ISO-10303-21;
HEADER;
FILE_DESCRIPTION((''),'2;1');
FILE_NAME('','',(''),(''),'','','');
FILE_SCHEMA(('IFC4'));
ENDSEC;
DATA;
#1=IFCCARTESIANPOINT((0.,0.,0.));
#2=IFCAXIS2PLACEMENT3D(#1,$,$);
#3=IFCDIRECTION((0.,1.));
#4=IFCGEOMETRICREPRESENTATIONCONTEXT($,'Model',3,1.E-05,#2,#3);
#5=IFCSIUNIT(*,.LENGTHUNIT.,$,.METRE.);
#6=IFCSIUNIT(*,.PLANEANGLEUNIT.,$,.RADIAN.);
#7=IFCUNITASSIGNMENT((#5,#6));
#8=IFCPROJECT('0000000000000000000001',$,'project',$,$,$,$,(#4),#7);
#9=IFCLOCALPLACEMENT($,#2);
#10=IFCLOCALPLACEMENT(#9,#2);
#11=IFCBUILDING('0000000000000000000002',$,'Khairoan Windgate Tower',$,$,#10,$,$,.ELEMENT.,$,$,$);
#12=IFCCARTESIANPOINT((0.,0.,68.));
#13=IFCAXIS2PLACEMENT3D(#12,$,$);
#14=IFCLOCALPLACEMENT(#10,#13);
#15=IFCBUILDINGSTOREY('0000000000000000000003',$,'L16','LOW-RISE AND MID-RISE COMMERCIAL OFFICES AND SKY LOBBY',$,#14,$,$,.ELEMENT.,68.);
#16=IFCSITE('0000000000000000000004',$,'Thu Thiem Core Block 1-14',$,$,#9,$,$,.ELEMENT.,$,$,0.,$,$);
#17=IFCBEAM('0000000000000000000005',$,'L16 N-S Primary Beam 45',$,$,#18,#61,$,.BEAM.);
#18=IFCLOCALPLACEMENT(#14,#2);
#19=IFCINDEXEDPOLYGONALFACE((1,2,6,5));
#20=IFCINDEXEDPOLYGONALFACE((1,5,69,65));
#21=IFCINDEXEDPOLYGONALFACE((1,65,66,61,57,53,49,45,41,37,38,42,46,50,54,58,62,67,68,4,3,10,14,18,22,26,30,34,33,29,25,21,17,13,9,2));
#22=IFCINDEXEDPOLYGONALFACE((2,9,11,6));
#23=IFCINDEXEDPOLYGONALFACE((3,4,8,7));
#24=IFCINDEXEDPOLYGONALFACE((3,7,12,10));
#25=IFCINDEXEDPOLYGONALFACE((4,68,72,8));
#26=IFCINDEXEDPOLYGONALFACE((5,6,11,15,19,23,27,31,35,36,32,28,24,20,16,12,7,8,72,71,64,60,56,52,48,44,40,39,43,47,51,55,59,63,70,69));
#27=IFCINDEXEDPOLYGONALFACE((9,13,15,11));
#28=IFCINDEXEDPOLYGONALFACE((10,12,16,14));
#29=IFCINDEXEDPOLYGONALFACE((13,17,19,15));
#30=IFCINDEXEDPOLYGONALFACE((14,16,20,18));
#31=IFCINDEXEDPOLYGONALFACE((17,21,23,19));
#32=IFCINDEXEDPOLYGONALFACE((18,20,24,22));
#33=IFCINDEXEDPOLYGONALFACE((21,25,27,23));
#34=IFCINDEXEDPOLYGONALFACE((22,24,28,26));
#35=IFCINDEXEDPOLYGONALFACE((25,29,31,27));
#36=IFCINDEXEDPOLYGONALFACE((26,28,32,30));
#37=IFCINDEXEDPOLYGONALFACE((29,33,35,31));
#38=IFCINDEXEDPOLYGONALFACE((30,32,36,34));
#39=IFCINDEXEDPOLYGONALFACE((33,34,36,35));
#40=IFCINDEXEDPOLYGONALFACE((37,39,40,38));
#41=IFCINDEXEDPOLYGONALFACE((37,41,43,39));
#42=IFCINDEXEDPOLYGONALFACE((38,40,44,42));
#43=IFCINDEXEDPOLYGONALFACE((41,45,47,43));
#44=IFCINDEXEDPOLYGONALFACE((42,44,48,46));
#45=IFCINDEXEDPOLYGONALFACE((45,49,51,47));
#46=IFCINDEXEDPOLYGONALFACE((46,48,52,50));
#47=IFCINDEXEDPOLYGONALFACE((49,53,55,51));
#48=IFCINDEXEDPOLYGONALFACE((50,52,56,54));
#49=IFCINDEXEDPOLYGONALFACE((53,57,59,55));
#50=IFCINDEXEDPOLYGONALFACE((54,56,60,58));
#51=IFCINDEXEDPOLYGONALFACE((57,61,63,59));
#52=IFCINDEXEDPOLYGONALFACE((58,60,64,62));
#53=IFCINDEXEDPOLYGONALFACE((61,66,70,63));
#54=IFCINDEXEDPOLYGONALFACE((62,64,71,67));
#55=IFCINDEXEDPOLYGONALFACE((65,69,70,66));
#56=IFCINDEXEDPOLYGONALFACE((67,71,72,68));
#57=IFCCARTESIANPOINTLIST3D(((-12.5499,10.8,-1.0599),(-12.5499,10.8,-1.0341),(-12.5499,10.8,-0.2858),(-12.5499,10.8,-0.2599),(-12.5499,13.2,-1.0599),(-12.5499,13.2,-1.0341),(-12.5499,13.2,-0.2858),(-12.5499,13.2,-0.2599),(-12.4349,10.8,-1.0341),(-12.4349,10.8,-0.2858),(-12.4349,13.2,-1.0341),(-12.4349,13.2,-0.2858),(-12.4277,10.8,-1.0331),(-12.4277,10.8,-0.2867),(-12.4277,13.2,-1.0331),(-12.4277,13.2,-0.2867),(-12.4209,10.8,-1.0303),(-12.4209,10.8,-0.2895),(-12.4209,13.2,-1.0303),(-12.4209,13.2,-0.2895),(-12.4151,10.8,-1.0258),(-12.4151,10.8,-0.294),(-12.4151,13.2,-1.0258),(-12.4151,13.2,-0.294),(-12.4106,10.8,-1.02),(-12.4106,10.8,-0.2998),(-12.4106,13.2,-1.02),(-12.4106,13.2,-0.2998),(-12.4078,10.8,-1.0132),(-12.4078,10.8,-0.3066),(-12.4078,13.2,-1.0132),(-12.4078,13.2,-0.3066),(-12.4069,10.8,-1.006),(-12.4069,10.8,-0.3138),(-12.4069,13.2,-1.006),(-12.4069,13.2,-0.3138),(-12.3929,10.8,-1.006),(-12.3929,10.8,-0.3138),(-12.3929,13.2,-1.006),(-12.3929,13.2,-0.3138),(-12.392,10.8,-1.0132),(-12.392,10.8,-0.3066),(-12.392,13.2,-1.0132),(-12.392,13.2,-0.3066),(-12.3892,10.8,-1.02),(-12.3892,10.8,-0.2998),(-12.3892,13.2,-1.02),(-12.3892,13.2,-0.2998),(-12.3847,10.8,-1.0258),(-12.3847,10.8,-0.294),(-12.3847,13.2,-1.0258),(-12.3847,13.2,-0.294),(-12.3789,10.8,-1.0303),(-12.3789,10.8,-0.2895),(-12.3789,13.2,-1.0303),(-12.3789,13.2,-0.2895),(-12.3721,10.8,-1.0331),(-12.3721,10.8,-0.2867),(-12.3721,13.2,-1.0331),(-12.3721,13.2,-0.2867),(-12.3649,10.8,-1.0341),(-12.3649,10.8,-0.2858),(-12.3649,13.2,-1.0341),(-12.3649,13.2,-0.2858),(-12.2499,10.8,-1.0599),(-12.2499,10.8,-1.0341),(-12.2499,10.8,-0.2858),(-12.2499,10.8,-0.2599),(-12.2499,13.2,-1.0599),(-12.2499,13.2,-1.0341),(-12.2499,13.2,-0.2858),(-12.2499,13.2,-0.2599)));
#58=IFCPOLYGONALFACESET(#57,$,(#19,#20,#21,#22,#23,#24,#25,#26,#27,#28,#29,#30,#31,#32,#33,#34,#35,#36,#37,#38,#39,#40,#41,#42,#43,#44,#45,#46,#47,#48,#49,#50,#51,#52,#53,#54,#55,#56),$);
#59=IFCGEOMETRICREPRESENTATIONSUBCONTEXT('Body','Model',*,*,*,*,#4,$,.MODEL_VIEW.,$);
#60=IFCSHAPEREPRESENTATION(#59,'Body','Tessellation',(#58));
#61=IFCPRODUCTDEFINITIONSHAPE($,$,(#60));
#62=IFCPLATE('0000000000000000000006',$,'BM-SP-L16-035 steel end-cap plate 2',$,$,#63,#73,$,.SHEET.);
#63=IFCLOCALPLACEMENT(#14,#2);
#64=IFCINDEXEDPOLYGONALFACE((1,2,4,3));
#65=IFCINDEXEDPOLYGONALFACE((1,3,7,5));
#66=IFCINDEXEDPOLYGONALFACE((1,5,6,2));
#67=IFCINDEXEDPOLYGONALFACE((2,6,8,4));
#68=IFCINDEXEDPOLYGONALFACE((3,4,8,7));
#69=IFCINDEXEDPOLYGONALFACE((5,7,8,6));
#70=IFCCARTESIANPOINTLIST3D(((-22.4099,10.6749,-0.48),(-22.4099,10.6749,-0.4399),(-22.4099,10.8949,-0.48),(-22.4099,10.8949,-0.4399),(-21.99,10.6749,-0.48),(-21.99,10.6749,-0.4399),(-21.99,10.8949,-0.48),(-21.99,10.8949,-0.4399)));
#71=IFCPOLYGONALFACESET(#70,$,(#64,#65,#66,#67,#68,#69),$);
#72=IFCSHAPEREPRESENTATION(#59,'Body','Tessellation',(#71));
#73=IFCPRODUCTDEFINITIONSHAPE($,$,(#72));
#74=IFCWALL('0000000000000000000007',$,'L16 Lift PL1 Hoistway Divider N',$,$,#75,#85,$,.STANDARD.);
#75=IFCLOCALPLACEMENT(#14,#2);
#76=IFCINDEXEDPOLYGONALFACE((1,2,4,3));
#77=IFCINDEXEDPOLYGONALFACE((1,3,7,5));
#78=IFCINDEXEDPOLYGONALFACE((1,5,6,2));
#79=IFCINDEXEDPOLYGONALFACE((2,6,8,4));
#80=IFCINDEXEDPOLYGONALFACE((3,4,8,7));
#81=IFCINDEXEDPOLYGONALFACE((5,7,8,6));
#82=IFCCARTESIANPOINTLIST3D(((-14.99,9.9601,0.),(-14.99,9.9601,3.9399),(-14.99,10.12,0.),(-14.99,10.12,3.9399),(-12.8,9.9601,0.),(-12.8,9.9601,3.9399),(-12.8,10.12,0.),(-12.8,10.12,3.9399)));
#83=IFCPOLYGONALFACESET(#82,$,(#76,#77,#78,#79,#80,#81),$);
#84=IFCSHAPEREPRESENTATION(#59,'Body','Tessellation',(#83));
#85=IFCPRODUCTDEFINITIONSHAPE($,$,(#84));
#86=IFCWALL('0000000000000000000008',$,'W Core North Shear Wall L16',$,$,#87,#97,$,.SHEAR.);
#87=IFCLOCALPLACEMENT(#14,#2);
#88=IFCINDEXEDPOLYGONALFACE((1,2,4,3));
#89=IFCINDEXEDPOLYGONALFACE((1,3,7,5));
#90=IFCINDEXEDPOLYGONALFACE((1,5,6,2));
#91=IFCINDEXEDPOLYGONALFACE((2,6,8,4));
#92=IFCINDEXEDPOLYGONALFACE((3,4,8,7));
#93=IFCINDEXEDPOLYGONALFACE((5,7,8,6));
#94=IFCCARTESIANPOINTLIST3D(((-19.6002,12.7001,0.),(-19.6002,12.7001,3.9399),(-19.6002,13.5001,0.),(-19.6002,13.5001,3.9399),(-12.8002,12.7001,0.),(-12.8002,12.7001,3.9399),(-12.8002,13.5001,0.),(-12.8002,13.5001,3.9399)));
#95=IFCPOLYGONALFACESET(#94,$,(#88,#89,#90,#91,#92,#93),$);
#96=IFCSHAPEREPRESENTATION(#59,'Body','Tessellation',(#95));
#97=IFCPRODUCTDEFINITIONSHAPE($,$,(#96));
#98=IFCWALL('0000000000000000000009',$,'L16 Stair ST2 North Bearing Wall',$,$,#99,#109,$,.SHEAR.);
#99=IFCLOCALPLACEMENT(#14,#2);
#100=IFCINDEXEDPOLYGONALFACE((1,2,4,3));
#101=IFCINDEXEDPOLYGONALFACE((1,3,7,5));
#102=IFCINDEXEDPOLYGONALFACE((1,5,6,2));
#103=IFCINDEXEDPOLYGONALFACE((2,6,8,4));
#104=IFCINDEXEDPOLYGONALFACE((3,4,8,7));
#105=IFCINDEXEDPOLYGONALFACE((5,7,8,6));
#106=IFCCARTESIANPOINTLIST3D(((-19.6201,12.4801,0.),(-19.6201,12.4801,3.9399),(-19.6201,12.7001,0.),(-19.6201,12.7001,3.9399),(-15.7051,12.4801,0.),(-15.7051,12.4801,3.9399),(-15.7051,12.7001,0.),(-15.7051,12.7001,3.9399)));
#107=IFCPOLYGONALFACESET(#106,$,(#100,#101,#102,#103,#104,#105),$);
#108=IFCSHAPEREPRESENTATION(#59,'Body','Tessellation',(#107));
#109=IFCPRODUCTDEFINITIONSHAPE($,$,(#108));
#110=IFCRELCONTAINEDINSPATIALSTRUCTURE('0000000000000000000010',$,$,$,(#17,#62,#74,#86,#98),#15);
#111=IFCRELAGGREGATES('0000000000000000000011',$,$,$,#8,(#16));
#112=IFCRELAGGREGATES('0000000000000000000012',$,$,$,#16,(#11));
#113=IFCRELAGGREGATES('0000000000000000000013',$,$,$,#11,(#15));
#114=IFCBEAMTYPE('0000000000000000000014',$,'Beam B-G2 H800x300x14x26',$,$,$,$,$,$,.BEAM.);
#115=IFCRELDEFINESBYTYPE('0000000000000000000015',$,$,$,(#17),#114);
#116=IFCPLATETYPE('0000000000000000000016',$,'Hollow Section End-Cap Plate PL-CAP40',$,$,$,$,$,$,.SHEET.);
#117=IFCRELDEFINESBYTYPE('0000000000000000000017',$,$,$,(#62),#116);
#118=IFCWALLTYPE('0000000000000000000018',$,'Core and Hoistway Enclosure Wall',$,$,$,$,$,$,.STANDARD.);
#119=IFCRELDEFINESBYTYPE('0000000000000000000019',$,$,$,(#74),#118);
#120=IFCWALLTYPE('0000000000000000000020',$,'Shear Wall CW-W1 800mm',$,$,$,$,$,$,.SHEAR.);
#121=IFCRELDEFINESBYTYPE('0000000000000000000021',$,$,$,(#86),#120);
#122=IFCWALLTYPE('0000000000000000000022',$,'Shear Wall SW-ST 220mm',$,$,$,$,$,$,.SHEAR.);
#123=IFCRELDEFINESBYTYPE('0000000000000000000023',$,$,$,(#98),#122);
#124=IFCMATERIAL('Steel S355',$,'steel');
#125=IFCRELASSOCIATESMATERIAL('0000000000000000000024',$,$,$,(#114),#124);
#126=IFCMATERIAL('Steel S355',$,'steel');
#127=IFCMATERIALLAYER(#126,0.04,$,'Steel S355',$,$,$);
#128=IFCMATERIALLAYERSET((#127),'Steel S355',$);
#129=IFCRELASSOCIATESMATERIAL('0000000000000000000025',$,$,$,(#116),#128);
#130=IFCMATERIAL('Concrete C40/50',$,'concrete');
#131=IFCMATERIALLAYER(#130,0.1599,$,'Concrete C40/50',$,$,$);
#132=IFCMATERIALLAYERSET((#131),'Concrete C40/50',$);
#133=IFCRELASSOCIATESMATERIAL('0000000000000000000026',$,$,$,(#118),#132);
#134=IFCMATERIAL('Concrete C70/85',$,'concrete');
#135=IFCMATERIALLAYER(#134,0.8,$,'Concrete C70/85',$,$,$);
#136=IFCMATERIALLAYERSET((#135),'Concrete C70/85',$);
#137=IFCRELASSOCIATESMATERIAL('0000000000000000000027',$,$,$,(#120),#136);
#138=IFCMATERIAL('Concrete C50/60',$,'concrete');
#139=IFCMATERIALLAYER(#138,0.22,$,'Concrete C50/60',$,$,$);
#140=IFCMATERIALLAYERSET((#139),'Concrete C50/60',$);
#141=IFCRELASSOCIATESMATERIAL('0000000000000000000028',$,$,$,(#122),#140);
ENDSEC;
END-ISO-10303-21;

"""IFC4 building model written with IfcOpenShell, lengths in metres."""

from ifc_helpers import new_model, si_unit, direction, frame, frame_2d, origin, origin_2d, place, context, subcontext, project, spatial, rectangle, i_section, extrude, material, layer, layer_set, material_profile, profile_set, type_object, element, save


model = new_model("IFC4")

# Units and contexts
model_context = context("Model", 3, precision=1e-05, world=origin(), true_north=direction((0.0, 1.0)))
body_context = subcontext(model_context, "Body", "Model", "MODEL_VIEW")
ifc_project = project(units=[si_unit("LENGTHUNIT", "METRE"), si_unit("PLANEANGLEUNIT", "RADIAN")], contexts=[model_context])

# Site, building, storey
site_placement = place(None, origin())
site = spatial("IfcSite", under=ifc_project, at=site_placement, Name="Thu Thiem Core Block 1-14", CompositionType="ELEMENT", RefElevation=0.0)
building_placement = place(site_placement, origin())
building = spatial("IfcBuilding", under=site, at=building_placement, Name="Khairoan Windgate Tower", CompositionType="ELEMENT")
storey_placement = place(building_placement, frame((0.0, 0.0, 68.0)))
storey = spatial("IfcBuildingStorey", under=building, at=storey_placement, Name="L16", Description="LOW-RISE AND MID-RISE COMMERCIAL OFFICES AND SKY LOBBY", CompositionType="ELEMENT", Elevation=68.0)

# Beam
ifc_material_1 = material(Name="Steel S355", Category="steel")
ifc_material_profile_1 = material_profile(ifc_material_1, i_section(OverallWidth=0.3, OverallDepth=0.8, WebThickness=0.0139, FlangeThickness=0.0259, FilletRadius=0.0281, at=origin_2d()))
ifc_profile_set_1 = profile_set([ifc_material_profile_1], Name="Steel S355")
beam_type = type_object("IfcBeamType", Name="Beam B-G2 H800x300x14x26", PredefinedType="BEAM", material=ifc_profile_set_1)
beam_1_placement = place(storey_placement, frame((-12.3999, 10.8, -0.6599), z_axis=(0.0, 1.0, 0.0), x_axis=(-1.0, 0.0, 0.0)))
element("IfcBeam", 1, at=beam_1_placement, inside=storey, type_object=beam_type, Name="L16 N-S Primary Beam 45", PredefinedType="BEAM", context=body_context, shape_type="SweptSolid", body=[
    extrude(i_section(OverallWidth=0.3, OverallDepth=0.8, WebThickness=0.0139, FlangeThickness=0.0259, FilletRadius=0.0281, at=origin_2d()), origin(), (0.0, 0.0, 1.0), 2.3999),
])

# Plate
ifc_material_2 = material(Name="Steel S355", Category="steel")
ifc_layer_1 = layer(ifc_material_2, 0.04, Name="Steel S355")
ifc_layer_set_1 = layer_set([ifc_layer_1], Name="Steel S355")
plate_type = type_object("IfcPlateType", Name="Hollow Section End-Cap Plate PL-CAP40", PredefinedType="SHEET", material=ifc_layer_set_1)
plate_placement = place(storey_placement, frame((-22.2, 10.7849, -0.48), z_axis=(0.0, 0.0, 1.0), x_axis=(0.0, 1.0, 0.0)))
element("IfcPlate", 2, at=plate_placement, inside=storey, type_object=plate_type, Name="BM-SP-L16-035 steel end-cap plate 2", PredefinedType="SHEET", context=body_context, shape_type="SweptSolid", body=[
    extrude(rectangle(XDim=0.22, YDim=0.4199, at=origin_2d()), origin(), (0.0, 0.0, 1.0), 0.04),
])

# Walls
ifc_material_3 = material(Name="Concrete C40/50", Category="concrete")
ifc_layer_2 = layer(ifc_material_3, 0.1599, Name="Concrete C40/50")
ifc_layer_set_2 = layer_set([ifc_layer_2], Name="Concrete C40/50")
wall_type_1 = type_object("IfcWallType", Name="Core and Hoistway Enclosure Wall", PredefinedType="STANDARD", material=ifc_layer_set_2)
wall_1_placement = place(storey_placement, frame((-14.99, 10.04, 0.0), z_axis=(0.0, 0.0, 1.0), x_axis=(1.0, 0.0, 0.0)))
element("IfcWall", 3, at=wall_1_placement, inside=storey, type_object=wall_type_1, Name="L16 Lift PL1 Hoistway Divider N", PredefinedType="STANDARD", context=body_context, shape_type="SweptSolid", body=[
    extrude(rectangle(XDim=2.1899, YDim=0.1599, at=frame_2d((1.095, 0.0))), origin(), (0.0, 0.0, 1.0), 3.9399),
])
ifc_material_4 = material(Name="Concrete C70/85", Category="concrete")
ifc_layer_3 = layer(ifc_material_4, 0.8, Name="Concrete C70/85")
ifc_layer_set_3 = layer_set([ifc_layer_3], Name="Concrete C70/85")
wall_type_2 = type_object("IfcWallType", Name="Shear Wall CW-W1 800mm", PredefinedType="SHEAR", material=ifc_layer_set_3)
wall_2_placement = place(storey_placement, frame((-19.6001, 13.1001, 0.0), z_axis=(0.0, 0.0, 1.0), x_axis=(1.0, 0.0, 0.0)))
element("IfcWall", 4, at=wall_2_placement, inside=storey, type_object=wall_type_2, Name="W Core North Shear Wall L16", PredefinedType="SHEAR", context=body_context, shape_type="SweptSolid", body=[
    extrude(rectangle(XDim=6.8, YDim=0.8, at=frame_2d((3.3999, 0.0))), origin(), (0.0, 0.0, 1.0), 3.9399),
])
ifc_material_5 = material(Name="Concrete C50/60", Category="concrete")
ifc_layer_4 = layer(ifc_material_5, 0.22, Name="Concrete C50/60")
ifc_layer_set_4 = layer_set([ifc_layer_4], Name="Concrete C50/60")
wall_type_3 = type_object("IfcWallType", Name="Shear Wall SW-ST 220mm", PredefinedType="SHEAR", material=ifc_layer_set_4)
wall_3_placement = place(storey_placement, frame((-19.6201, 12.5901, 0.0), z_axis=(0.0, 0.0, 1.0), x_axis=(1.0, 0.0, 0.0)))
element("IfcWall", 5, at=wall_3_placement, inside=storey, type_object=wall_type_3, Name="L16 Stair ST2 North Bearing Wall", PredefinedType="SHEAR", context=body_context, shape_type="SweptSolid", body=[
    extrude(rectangle(XDim=3.915, YDim=0.22, at=frame_2d((1.9575, 0.0))), origin(), (0.0, 0.0, 1.0), 3.9399),
])

save(model, "model.ifc")
